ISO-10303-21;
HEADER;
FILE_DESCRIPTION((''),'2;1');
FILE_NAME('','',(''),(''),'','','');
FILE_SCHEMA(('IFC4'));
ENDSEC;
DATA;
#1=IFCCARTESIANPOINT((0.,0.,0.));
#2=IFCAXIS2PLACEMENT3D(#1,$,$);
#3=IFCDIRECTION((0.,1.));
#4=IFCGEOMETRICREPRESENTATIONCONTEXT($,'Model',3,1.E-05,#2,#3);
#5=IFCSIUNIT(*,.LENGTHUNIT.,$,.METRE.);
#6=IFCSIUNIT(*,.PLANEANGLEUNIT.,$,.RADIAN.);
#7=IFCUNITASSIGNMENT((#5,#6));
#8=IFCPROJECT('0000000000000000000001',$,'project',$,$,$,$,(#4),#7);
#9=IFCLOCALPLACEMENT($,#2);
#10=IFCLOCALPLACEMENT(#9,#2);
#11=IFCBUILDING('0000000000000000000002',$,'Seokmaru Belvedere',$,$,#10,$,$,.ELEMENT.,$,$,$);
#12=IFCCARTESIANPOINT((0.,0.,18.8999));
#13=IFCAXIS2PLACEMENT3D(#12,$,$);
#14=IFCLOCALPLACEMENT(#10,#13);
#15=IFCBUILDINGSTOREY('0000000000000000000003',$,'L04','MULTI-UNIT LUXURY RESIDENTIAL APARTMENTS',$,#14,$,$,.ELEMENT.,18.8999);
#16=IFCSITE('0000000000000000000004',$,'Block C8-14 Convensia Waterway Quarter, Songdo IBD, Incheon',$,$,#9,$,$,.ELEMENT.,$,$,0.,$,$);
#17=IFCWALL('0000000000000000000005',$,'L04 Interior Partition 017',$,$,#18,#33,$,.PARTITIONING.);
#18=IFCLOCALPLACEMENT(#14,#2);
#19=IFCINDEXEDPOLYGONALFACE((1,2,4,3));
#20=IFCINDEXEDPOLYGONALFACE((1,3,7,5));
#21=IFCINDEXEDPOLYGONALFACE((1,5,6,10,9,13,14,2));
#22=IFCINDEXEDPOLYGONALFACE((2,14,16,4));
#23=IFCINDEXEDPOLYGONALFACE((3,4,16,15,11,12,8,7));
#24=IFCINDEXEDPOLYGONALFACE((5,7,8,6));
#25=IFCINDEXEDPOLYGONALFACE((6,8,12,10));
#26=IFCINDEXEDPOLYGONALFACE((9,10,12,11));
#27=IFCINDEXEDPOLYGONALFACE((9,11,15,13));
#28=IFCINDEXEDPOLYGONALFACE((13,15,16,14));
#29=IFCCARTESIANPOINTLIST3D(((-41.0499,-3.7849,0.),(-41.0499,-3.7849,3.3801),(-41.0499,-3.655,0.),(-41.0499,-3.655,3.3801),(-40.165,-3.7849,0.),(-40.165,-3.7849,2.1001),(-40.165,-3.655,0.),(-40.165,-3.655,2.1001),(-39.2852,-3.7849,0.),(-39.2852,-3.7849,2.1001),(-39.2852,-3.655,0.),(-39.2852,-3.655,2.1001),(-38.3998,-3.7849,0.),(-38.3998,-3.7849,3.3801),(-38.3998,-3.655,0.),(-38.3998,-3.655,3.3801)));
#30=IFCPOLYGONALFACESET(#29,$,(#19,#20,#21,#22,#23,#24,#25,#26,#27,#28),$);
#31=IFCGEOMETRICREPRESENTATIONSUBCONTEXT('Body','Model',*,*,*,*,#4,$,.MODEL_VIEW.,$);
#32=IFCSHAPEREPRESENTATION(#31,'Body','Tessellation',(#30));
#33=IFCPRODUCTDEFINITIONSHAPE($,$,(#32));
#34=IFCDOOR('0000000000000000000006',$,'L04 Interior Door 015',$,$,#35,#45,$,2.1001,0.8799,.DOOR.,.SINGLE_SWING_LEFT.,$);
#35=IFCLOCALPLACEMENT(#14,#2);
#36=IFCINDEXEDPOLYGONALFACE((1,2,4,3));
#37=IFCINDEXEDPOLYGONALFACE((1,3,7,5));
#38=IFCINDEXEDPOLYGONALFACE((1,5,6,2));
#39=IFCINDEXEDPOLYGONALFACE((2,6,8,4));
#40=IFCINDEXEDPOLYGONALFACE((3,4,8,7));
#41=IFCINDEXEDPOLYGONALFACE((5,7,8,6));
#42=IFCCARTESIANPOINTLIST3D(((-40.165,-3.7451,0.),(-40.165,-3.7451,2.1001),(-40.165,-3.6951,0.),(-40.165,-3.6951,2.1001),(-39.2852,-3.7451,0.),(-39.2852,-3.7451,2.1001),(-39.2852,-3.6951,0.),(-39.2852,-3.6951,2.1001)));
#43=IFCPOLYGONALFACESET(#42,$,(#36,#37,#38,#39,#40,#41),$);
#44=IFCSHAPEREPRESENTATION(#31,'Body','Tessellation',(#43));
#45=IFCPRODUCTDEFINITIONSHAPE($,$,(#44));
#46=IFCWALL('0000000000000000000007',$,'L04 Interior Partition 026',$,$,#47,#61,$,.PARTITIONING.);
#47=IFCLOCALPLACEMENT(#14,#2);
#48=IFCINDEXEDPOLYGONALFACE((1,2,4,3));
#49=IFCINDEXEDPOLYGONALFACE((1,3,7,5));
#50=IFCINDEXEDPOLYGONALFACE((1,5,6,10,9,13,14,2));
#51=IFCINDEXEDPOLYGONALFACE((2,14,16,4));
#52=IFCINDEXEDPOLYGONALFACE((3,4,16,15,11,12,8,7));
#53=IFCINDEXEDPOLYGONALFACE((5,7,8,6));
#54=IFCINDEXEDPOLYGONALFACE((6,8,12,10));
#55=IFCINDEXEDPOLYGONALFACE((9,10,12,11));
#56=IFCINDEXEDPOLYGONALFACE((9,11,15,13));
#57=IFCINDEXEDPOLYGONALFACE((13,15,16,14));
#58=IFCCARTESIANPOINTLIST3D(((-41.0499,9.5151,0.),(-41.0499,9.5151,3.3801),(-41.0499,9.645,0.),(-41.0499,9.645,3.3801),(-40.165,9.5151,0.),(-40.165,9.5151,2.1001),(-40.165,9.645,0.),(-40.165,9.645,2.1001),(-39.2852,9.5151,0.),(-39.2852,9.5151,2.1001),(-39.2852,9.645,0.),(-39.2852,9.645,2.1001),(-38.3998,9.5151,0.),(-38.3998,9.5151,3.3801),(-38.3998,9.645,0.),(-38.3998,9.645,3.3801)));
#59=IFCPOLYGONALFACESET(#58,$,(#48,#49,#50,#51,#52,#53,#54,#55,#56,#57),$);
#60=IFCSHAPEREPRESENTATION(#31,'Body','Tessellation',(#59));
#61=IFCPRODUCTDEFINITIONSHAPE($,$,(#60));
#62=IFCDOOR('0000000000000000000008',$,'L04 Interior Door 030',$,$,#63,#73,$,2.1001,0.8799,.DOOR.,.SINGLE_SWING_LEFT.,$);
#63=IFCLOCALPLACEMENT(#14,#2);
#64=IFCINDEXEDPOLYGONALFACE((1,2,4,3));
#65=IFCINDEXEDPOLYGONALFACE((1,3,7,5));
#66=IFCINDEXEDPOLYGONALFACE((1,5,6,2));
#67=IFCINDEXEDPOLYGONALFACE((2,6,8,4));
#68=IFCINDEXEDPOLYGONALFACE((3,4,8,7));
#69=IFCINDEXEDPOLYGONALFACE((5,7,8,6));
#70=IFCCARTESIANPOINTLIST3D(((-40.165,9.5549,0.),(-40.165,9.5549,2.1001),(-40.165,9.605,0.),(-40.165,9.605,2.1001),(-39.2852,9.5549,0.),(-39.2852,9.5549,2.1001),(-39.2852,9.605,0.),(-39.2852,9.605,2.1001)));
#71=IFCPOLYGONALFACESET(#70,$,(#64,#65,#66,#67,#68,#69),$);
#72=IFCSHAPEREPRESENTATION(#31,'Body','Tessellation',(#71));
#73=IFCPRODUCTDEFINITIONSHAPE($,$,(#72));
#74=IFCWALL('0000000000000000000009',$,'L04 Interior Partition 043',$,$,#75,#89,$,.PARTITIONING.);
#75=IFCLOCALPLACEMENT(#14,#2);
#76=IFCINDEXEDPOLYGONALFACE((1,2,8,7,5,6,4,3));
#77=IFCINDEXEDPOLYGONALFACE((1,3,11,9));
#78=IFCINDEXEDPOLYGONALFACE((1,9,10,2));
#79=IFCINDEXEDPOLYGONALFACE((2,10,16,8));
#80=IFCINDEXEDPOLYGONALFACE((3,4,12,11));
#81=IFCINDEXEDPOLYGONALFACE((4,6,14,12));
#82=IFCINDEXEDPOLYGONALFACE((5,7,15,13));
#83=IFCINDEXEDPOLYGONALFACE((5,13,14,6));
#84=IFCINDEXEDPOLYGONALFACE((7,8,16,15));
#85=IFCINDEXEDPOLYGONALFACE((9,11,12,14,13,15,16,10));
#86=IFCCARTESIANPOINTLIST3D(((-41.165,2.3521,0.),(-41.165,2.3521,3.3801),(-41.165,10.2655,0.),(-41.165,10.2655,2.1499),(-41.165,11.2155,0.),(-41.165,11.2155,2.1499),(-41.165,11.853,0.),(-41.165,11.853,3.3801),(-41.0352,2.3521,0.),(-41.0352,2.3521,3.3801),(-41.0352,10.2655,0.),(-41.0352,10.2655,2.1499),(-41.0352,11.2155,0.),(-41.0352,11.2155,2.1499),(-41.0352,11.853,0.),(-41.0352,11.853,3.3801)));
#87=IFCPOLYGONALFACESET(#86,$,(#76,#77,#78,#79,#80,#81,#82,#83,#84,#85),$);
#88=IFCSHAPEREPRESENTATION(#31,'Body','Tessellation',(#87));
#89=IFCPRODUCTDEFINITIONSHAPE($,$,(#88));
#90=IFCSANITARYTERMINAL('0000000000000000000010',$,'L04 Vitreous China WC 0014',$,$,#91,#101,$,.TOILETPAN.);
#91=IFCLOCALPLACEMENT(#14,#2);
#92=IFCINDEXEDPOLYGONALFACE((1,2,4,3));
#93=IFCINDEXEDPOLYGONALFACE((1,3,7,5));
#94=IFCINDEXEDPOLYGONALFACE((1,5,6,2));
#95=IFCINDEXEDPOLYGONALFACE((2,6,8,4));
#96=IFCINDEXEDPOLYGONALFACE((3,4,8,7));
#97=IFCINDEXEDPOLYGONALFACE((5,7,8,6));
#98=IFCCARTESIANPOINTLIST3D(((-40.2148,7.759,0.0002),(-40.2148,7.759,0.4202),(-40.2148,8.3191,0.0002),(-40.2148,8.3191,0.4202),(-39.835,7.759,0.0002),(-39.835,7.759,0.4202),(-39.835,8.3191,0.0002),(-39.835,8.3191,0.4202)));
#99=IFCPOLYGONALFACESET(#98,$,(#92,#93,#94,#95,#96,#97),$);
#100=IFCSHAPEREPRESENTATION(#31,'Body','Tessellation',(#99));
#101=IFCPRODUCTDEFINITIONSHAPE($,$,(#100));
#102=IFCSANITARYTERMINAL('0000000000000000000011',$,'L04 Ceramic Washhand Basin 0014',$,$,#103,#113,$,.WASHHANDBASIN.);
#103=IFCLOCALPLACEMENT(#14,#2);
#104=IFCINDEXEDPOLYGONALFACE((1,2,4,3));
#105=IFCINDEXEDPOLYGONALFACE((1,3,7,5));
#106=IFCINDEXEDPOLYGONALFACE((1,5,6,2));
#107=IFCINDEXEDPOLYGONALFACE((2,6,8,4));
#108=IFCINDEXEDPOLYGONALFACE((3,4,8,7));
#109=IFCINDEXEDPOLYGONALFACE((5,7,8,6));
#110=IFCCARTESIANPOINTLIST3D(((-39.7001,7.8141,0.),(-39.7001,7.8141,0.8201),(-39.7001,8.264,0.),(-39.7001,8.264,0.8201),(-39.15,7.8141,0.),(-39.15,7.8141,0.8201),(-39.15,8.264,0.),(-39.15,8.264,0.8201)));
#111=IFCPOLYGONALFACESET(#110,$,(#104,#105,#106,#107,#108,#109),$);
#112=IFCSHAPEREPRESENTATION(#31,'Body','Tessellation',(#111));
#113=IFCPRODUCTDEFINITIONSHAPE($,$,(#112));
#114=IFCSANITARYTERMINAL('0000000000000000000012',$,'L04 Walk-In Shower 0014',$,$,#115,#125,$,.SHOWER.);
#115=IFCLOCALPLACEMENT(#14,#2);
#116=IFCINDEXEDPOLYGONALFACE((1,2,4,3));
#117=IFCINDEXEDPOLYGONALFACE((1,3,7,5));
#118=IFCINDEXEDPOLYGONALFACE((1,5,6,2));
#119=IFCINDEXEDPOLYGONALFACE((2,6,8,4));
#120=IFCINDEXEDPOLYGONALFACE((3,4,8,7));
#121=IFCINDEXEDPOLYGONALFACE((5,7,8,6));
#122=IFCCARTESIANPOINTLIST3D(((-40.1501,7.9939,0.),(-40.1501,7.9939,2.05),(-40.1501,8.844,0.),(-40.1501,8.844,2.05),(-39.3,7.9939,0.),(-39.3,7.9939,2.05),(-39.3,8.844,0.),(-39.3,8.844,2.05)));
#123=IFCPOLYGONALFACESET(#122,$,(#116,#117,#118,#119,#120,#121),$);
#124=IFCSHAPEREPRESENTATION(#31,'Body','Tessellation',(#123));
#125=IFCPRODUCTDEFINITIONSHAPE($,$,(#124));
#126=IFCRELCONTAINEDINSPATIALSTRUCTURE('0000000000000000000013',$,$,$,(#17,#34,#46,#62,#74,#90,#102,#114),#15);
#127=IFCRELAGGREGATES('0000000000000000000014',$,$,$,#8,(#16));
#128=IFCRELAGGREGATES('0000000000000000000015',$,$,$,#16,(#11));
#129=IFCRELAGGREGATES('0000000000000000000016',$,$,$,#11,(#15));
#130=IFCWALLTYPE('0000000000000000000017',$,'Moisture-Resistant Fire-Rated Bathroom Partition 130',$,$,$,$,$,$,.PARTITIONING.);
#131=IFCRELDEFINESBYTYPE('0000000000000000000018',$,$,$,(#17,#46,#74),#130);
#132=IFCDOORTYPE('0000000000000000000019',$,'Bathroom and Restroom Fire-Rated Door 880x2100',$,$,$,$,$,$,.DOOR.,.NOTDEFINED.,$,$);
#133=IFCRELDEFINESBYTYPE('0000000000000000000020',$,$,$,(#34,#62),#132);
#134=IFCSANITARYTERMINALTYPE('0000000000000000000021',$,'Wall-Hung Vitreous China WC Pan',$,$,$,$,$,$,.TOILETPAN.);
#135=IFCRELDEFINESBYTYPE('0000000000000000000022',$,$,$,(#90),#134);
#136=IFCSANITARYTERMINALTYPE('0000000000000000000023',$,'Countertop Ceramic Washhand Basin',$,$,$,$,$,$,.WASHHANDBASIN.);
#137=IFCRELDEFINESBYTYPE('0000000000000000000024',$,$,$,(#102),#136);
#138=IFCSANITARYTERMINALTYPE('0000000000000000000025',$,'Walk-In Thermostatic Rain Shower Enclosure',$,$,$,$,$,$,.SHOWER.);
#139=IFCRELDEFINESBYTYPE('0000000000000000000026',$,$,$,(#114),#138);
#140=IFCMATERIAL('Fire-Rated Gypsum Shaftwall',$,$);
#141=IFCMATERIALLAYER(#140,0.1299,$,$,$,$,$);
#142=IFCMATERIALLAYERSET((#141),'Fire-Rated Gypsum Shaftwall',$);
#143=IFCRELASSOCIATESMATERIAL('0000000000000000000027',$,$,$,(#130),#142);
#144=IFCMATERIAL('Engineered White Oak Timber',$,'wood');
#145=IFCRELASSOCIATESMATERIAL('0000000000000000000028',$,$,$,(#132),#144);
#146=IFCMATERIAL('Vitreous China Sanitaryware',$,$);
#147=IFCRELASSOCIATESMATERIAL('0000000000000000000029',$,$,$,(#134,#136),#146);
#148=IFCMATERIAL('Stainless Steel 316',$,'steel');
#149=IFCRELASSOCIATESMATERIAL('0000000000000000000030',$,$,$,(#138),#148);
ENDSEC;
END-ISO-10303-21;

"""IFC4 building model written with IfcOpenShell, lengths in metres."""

from ifc_helpers import new_model, si_unit, direction, frame, frame_2d, origin, origin_2d, place, context, subcontext, project, spatial, rectangle, extrude, source, transform, mapped, material, layer, layer_set, type_object, type_shapes, element, fill, save


model = new_model("IFC4")

# Units and contexts
model_context = context("Model", 3, precision=1e-05, world=origin(), true_north=direction((0.0, 1.0)))
body_context = subcontext(model_context, "Body", "Model", "MODEL_VIEW")
ifc_project = project(units=[si_unit("LENGTHUNIT", "METRE"), si_unit("PLANEANGLEUNIT", "RADIAN")], contexts=[model_context])

# Site, building, storey
site_placement = place(None, origin())
site = spatial("IfcSite", under=ifc_project, at=site_placement, Name="Block C8-14 Convensia Waterway Quarter, Songdo IBD, Incheon", CompositionType="ELEMENT", RefElevation=0.0)
building_placement = place(site_placement, origin())
building = spatial("IfcBuilding", under=site, at=building_placement, Name="Seokmaru Belvedere", CompositionType="ELEMENT")
storey_placement = place(building_placement, frame((0.0, 0.0, 18.8999)))
storey = spatial("IfcBuildingStorey", under=building, at=storey_placement, Name="L04", Description="MULTI-UNIT LUXURY RESIDENTIAL APARTMENTS", CompositionType="ELEMENT", Elevation=18.8999)

# Shared definitions
ifc_material_1 = material(Name="Fire-Rated Gypsum Shaftwall")
ifc_material_2 = material(Name="Engineered White Oak Timber", Category="wood")

# Walls, openings, doors
ifc_layer_1 = layer(ifc_material_1, 0.1299)
ifc_layer_set_1 = layer_set([ifc_layer_1], Name="Fire-Rated Gypsum Shaftwall")
wall_type_1 = type_object("IfcWallType", Name="Moisture-Resistant Fire-Rated Bathroom Partition 130", PredefinedType="PARTITIONING", material=ifc_layer_set_1)
wall_1_placement = place(storey_placement, frame((-41.05, -3.72, 0.0), z_axis=(0.0, 0.0, 1.0), x_axis=(1.0, 0.0, 0.0)))
wall_1 = element("IfcWall", 1, at=wall_1_placement, inside=storey, type_object=wall_type_1, Name="L04 Interior Partition 017", PredefinedType="PARTITIONING", context=body_context, shape_type="SweptSolid", body=[
    extrude(rectangle(XDim=2.6501, YDim=0.1299, at=frame_2d((1.3252, 0.0))), origin(), (0.0, 0.0, 1.0), 3.3801),
])
opening_1_placement = place(wall_1_placement, frame((0.885, 0.0, 0.0)))
opening_1 = element("IfcOpeningElement", 2, at=opening_1_placement, cuts=wall_1, PredefinedType="OPENING", context=body_context, shape_type="SweptSolid", body=[
    extrude(rectangle(XDim=0.8799, YDim=2.1001, at=frame_2d((0.4399, 1.05))), frame((0.0, 0.075, 0.0), z_axis=(0.0, -1.0, 0.0), x_axis=(1.0, 0.0, 0.0)), (0.0, 0.0, 1.0), 0.1499),
])
door_type_1 = type_object("IfcDoorType", Name="Bathroom and Restroom Fire-Rated Door 880x2100", OperationType="NOTDEFINED", PredefinedType="DOOR", material=ifc_material_2)
shared_shape_1 = source(origin(), body_context, "Body", "SweptSolid", [
    extrude(rectangle(XDim=0.8799, YDim=2.1001, at=frame_2d((0.4399, 1.05))), frame((0.0, 0.0249, 0.0), z_axis=(0.0, -1.0, 0.0), x_axis=(1.0, 0.0, 0.0)), (0.0, 0.0, 1.0), 0.05),
])
type_shapes(door_type_1, [shared_shape_1])
door_1_placement = place(opening_1_placement, origin())
door_1 = element("IfcDoor", 3, at=door_1_placement, inside=storey, type_object=door_type_1, Name="L04 Interior Door 015", OperationType="SINGLE_SWING_LEFT", OverallHeight=2.1001, OverallWidth=0.8799, PredefinedType="DOOR", context=body_context, shape_type="MappedRepresentation", body=[
    mapped(shared_shape_1, transform((0.0, 0.0, 0.0), scale=1.0)),
])
fill(opening_1, door_1)
wall_2_placement = place(storey_placement, frame((-41.05, 9.5801, 0.0), z_axis=(0.0, 0.0, 1.0), x_axis=(1.0, 0.0, 0.0)))
wall_2 = element("IfcWall", 4, at=wall_2_placement, inside=storey, type_object=wall_type_1, Name="L04 Interior Partition 026", PredefinedType="PARTITIONING", context=body_context, shape_type="SweptSolid", body=[
    extrude(rectangle(XDim=2.6501, YDim=0.1299, at=frame_2d((1.3252, 0.0))), origin(), (0.0, 0.0, 1.0), 3.3801),
])
opening_2_placement = place(wall_2_placement, frame((0.885, 0.0, 0.0)))
opening_2 = element("IfcOpeningElement", 5, at=opening_2_placement, cuts=wall_2, PredefinedType="OPENING", context=body_context, shape_type="SweptSolid", body=[
    extrude(rectangle(XDim=0.8799, YDim=2.1001, at=frame_2d((0.4399, 1.05))), frame((0.0, 0.075, 0.0), z_axis=(0.0, -1.0, 0.0), x_axis=(1.0, 0.0, 0.0)), (0.0, 0.0, 1.0), 0.1499),
])
door_2_placement = place(opening_2_placement, origin())
door_2 = element("IfcDoor", 6, at=door_2_placement, inside=storey, type_object=door_type_1, Name="L04 Interior Door 030", OperationType="SINGLE_SWING_LEFT", OverallHeight=2.1001, OverallWidth=0.8799, PredefinedType="DOOR", context=body_context, shape_type="MappedRepresentation", body=[
    mapped(shared_shape_1, transform((0.0, 0.0, 0.0), scale=1.0)),
])
fill(opening_2, door_2)

# Wall, opening
wall_3_placement = place(storey_placement, frame((-41.1001, 2.3521, 0.0), z_axis=(0.0, 0.0, 1.0), x_axis=(0.0, 1.0, 0.0)))
wall_3 = element("IfcWall", 7, at=wall_3_placement, inside=storey, type_object=wall_type_1, Name="L04 Interior Partition 043", PredefinedType="PARTITIONING", context=body_context, shape_type="SweptSolid", body=[
    extrude(rectangle(XDim=9.501, YDim=0.1299, at=frame_2d((4.7505, 0.0))), origin(), (0.0, 0.0, 1.0), 3.3801),
])
opening_3_placement = place(wall_3_placement, frame((7.9133, 0.0, 0.0)))
element("IfcOpeningElement", 8, at=opening_3_placement, cuts=wall_3, PredefinedType="OPENING", context=body_context, shape_type="SweptSolid", body=[
    extrude(rectangle(XDim=0.95, YDim=2.1499, at=frame_2d((0.4751, 1.075))), frame((0.0, 0.075, 0.0), z_axis=(0.0, -1.0, 0.0), x_axis=(1.0, 0.0, 0.0)), (0.0, 0.0, 1.0), 0.1499),
])

# Sanitary terminals
ifc_material_3 = material(Name="Vitreous China Sanitaryware")
sanitary_terminal_type_1 = type_object("IfcSanitaryTerminalType", Name="Wall-Hung Vitreous China WC Pan", PredefinedType="TOILETPAN", material=ifc_material_3)
shared_shape_2 = source(origin(), body_context, "Body", "SweptSolid", [
    extrude(rectangle(XDim=0.3799, YDim=0.5601, at=origin_2d()), origin(), (0.0, 0.0, 1.0), 0.4199),
])
type_shapes(sanitary_terminal_type_1, [shared_shape_2])
sanitary_terminal_1_placement = place(storey_placement, frame((-40.0249, 8.0391, 0.0002), z_axis=(0.0, 0.0, 1.0), x_axis=(1.0, 0.0, 0.0)))
element("IfcSanitaryTerminal", 9, at=sanitary_terminal_1_placement, inside=storey, type_object=sanitary_terminal_type_1, Name="L04 Vitreous China WC 0014", PredefinedType="TOILETPAN", context=body_context, shape_type="MappedRepresentation", body=[
    mapped(shared_shape_2, transform((0.0, 0.0, 0.0), scale=1.0)),
])
sanitary_terminal_type_2 = type_object("IfcSanitaryTerminalType", Name="Countertop Ceramic Washhand Basin", PredefinedType="WASHHANDBASIN", material=ifc_material_3)
shared_shape_3 = source(origin(), body_context, "Body", "SweptSolid", [
    extrude(rectangle(XDim=0.55, YDim=0.45, at=origin_2d()), origin(), (0.0, 0.0, 1.0), 0.8201),
])
type_shapes(sanitary_terminal_type_2, [shared_shape_3])
sanitary_terminal_2_placement = place(storey_placement, frame((-39.425, 8.0391, 0.0), z_axis=(0.0, 0.0, 1.0), x_axis=(1.0, 0.0, 0.0)))
element("IfcSanitaryTerminal", 10, at=sanitary_terminal_2_placement, inside=storey, type_object=sanitary_terminal_type_2, Name="L04 Ceramic Washhand Basin 0014", PredefinedType="WASHHANDBASIN", context=body_context, shape_type="MappedRepresentation", body=[
    mapped(shared_shape_3, transform((0.0, 0.0, 0.0), scale=1.0)),
])
ifc_material_4 = material(Name="Stainless Steel 316", Category="steel")
sanitary_terminal_type_3 = type_object("IfcSanitaryTerminalType", Name="Walk-In Thermostatic Rain Shower Enclosure", PredefinedType="SHOWER", material=ifc_material_4)
shared_shape_4 = source(origin(), body_context, "Body", "SweptSolid", [
    extrude(rectangle(XDim=0.8501, YDim=0.8501, at=origin_2d()), origin(), (0.0, 0.0, 1.0), 2.05),
])
type_shapes(sanitary_terminal_type_3, [shared_shape_4])
sanitary_terminal_3_placement = place(storey_placement, frame((-39.7251, 8.4189, 0.0), z_axis=(0.0, 0.0, 1.0), x_axis=(1.0, 0.0, 0.0)))
element("IfcSanitaryTerminal", 11, at=sanitary_terminal_3_placement, inside=storey, type_object=sanitary_terminal_type_3, Name="L04 Walk-In Shower 0014", PredefinedType="SHOWER", context=body_context, shape_type="MappedRepresentation", body=[
    mapped(shared_shape_4, transform((0.0, 0.0, 0.0), scale=1.0)),
])

save(model, "model.ifc")
